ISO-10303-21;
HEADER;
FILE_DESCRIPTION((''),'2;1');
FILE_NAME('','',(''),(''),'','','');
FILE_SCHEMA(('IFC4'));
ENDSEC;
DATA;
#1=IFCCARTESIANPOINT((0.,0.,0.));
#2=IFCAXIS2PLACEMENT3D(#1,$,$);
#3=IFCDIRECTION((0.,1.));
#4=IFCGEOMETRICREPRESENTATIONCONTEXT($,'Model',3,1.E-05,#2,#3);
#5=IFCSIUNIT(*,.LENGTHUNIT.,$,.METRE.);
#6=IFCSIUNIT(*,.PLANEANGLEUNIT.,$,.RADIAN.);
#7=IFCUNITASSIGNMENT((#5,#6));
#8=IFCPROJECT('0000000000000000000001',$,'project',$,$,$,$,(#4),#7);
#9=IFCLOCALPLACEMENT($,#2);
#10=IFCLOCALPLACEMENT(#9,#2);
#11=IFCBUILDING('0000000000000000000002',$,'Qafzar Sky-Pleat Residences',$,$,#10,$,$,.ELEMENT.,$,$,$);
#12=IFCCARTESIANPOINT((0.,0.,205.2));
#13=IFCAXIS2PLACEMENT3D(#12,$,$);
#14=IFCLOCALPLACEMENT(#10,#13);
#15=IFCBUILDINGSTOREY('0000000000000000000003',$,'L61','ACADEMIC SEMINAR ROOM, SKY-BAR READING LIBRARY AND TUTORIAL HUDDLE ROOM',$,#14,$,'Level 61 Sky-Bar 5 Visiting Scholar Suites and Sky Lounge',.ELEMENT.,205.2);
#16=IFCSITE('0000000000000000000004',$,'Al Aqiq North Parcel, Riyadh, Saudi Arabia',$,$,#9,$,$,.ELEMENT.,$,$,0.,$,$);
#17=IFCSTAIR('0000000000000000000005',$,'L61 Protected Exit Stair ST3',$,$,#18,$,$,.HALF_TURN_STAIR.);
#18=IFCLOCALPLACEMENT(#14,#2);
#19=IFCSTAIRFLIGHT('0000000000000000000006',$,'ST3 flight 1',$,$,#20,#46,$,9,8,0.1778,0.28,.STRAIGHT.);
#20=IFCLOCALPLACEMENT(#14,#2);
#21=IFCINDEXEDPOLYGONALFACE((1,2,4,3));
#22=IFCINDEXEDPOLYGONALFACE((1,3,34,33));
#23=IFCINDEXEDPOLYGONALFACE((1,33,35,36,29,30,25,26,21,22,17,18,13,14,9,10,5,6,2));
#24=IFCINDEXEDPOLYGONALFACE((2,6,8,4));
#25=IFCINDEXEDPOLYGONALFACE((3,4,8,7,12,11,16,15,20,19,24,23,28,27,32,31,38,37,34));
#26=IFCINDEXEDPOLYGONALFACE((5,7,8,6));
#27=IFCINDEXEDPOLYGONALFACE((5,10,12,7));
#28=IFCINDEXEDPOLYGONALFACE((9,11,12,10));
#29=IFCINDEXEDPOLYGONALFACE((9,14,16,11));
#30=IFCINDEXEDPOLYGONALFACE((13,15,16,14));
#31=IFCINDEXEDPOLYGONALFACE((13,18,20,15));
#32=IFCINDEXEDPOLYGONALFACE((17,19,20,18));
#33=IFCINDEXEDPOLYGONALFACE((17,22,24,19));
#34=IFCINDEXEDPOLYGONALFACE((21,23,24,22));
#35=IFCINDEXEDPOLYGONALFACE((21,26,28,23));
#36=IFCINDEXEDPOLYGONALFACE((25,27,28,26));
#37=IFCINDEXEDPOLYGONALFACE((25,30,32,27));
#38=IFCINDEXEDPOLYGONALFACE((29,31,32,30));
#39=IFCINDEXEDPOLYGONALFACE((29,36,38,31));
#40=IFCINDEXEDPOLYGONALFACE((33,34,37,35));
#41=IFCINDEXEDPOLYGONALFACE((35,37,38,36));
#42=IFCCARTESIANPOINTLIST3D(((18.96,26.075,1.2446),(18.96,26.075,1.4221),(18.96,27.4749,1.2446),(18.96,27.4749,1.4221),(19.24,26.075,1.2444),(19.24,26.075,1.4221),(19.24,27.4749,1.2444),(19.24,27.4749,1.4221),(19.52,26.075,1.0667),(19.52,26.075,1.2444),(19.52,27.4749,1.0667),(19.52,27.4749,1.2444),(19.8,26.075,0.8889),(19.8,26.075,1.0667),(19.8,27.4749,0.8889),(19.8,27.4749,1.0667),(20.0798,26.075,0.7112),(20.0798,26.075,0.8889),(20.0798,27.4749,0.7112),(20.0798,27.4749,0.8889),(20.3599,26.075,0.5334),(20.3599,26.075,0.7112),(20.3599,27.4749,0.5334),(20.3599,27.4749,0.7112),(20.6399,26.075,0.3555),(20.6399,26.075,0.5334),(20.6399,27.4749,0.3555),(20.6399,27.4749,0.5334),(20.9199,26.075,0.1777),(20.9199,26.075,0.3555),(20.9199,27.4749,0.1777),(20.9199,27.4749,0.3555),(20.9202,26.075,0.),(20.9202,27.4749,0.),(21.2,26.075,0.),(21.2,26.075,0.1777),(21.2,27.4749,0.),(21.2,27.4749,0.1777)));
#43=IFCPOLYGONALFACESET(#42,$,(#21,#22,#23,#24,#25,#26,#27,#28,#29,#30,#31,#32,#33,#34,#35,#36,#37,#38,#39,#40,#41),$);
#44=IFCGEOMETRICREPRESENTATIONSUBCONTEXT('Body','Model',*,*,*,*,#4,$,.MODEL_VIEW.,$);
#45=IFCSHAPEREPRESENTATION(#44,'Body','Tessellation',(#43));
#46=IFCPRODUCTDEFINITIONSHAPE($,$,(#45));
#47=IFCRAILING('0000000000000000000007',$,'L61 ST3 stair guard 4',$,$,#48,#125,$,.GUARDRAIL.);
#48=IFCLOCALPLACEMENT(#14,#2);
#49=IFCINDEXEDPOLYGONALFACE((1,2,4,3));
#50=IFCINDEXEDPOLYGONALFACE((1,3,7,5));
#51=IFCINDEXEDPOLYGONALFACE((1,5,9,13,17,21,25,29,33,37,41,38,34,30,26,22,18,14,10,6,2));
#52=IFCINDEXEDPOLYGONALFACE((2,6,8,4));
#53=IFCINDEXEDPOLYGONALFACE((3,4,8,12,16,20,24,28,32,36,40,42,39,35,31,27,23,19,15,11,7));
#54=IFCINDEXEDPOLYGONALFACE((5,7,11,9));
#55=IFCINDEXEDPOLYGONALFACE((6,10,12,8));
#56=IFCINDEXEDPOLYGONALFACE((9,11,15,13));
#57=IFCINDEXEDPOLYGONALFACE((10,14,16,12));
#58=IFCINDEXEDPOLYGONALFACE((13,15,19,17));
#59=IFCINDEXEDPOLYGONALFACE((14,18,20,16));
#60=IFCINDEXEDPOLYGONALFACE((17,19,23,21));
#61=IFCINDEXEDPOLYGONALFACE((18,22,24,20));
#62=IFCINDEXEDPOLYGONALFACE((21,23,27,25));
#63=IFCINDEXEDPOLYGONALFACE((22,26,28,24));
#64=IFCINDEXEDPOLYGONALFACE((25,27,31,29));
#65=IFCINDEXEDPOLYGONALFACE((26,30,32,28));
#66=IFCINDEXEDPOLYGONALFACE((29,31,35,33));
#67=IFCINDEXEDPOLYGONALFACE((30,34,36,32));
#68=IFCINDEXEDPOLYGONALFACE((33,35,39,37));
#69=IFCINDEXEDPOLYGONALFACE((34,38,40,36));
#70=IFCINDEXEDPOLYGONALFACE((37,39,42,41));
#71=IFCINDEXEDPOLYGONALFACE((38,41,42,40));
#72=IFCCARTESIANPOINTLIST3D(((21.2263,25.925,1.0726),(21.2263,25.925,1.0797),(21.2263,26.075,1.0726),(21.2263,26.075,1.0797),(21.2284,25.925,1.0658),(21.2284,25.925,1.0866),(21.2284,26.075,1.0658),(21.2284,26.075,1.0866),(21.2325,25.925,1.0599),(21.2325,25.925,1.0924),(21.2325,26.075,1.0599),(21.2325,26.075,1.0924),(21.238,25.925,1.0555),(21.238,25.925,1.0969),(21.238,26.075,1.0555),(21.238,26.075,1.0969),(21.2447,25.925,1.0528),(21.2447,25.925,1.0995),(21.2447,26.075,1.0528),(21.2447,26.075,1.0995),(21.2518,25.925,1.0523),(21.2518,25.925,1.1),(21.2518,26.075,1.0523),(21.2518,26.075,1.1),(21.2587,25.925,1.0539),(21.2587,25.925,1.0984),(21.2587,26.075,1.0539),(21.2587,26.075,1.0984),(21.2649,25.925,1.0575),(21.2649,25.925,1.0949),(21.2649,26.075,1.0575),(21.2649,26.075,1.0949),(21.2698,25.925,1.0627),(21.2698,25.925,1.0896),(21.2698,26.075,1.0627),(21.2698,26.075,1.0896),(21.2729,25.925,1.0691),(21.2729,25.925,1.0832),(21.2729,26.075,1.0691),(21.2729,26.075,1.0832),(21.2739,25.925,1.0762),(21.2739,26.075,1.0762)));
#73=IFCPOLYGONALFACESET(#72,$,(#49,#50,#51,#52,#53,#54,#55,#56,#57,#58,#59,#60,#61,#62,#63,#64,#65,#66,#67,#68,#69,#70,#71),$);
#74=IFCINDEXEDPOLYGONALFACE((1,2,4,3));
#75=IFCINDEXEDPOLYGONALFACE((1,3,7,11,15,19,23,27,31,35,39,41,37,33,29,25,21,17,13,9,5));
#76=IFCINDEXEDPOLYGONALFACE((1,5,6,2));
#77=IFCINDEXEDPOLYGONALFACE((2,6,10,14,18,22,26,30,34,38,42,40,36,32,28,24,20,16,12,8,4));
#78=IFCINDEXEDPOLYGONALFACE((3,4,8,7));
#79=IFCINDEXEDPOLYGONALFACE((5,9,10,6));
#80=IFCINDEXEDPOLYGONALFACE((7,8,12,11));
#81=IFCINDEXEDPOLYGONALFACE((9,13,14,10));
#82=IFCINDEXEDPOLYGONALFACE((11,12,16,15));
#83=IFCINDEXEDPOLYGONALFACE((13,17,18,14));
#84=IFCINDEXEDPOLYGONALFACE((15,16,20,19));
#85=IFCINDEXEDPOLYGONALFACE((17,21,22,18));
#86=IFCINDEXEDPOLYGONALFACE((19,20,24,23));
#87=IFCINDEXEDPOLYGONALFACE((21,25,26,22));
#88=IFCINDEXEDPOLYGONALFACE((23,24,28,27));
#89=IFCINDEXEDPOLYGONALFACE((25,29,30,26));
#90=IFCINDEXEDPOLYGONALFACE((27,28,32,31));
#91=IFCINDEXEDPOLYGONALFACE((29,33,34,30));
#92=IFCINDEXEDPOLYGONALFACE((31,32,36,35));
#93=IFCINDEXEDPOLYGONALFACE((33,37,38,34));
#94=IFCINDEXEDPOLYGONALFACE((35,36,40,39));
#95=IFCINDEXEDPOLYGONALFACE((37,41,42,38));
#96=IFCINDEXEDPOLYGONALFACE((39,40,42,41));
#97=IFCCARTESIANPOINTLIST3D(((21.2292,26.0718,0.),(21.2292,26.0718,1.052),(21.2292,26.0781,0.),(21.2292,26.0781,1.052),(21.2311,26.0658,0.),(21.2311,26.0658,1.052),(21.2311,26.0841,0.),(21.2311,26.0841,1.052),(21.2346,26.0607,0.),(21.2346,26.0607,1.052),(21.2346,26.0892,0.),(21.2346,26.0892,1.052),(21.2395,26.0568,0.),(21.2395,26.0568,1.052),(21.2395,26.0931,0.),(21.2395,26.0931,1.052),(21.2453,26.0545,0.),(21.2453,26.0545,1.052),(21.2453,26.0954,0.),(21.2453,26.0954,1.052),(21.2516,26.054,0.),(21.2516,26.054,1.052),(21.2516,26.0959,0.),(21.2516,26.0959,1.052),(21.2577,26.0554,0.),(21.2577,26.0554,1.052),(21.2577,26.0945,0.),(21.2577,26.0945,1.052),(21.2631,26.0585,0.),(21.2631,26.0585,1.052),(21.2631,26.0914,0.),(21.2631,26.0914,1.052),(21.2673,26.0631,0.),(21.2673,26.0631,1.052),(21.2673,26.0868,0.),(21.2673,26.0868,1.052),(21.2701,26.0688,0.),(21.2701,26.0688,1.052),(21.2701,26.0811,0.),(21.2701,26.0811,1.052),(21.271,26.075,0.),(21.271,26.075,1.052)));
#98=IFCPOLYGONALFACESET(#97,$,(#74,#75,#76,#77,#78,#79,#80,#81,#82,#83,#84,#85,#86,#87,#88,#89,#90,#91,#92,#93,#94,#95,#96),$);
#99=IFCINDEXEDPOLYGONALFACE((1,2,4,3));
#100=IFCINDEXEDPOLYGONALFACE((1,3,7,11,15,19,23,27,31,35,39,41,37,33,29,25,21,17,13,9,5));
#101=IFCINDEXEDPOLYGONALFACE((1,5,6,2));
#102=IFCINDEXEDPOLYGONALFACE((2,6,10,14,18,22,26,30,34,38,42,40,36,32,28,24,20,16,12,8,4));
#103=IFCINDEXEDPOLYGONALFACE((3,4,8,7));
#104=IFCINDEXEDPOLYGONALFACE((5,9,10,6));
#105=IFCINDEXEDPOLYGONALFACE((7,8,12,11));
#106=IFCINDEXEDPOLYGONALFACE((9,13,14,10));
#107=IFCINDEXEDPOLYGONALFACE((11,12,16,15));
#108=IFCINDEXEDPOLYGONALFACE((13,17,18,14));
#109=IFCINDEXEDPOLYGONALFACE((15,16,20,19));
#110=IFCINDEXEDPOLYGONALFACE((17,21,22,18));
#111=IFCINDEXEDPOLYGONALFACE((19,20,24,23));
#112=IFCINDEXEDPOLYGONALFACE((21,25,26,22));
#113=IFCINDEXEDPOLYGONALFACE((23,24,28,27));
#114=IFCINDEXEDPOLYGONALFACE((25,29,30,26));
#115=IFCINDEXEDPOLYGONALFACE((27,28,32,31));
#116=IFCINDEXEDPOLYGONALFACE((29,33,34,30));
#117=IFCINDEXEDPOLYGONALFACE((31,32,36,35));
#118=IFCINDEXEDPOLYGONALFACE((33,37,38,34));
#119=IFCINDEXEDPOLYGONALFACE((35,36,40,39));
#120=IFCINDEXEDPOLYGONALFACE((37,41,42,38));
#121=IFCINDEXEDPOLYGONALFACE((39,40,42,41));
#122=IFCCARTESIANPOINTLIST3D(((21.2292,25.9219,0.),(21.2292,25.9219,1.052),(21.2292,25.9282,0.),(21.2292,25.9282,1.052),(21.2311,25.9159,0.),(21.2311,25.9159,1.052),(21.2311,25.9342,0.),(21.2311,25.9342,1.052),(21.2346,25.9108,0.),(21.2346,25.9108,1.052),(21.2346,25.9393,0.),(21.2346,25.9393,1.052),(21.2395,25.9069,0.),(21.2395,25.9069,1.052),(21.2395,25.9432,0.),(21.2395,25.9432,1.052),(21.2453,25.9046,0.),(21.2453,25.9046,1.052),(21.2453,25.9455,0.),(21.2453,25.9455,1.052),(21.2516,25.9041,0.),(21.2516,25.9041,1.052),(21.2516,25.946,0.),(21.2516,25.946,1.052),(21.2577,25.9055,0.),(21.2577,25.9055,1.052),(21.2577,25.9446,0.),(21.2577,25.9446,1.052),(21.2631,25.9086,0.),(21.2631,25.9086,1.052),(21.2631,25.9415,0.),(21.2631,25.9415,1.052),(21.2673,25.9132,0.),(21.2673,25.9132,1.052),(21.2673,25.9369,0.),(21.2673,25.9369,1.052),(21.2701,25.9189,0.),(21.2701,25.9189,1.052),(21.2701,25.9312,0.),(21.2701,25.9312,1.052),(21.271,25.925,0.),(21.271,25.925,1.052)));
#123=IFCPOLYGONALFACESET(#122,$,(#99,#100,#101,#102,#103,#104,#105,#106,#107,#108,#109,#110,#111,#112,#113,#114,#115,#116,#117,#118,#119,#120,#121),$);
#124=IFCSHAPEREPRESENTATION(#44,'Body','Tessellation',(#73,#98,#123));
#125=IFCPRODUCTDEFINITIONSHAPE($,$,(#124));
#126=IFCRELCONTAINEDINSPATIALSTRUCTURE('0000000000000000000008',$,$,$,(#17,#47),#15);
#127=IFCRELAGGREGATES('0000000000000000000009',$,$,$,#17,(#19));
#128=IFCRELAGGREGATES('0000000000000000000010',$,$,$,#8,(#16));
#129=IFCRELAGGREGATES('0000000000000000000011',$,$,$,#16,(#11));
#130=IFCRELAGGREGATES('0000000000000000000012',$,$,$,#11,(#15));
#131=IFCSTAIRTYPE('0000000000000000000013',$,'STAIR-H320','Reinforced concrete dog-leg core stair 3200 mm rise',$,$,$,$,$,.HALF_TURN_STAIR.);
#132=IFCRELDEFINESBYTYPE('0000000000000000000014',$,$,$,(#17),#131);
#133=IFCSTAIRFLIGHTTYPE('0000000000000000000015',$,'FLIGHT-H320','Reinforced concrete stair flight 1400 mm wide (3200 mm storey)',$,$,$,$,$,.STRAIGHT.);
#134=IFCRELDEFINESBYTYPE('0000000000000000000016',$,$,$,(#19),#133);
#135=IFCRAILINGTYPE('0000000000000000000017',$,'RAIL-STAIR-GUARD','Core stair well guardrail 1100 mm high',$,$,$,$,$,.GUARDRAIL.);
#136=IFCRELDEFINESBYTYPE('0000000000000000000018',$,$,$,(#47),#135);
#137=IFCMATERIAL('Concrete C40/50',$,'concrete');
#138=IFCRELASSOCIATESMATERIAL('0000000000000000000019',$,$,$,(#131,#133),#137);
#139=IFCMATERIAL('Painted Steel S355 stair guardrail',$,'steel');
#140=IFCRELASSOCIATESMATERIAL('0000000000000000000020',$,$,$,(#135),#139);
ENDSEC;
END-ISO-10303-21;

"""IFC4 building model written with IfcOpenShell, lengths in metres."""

from ifc_helpers import new_model, si_unit, direction, frame, origin, origin_2d, place, context, subcontext, project, spatial, polyline, circle, outline, extrude, source, transform, mapped, material, type_object, element, aggregate, save


model = new_model("IFC4")

# Units and contexts
model_context = context("Model", 3, precision=1e-05, world=origin(), true_north=direction((0.0, 1.0)))
body_context = subcontext(model_context, "Body", "Model", "MODEL_VIEW")
ifc_project = project(units=[si_unit("LENGTHUNIT", "METRE"), si_unit("PLANEANGLEUNIT", "RADIAN")], contexts=[model_context])

# Site, building, storey
site_placement = place(None, origin())
site = spatial("IfcSite", under=ifc_project, at=site_placement, Name="Al Aqiq North Parcel, Riyadh, Saudi Arabia", CompositionType="ELEMENT", RefElevation=0.0)
building_placement = place(site_placement, origin())
building = spatial("IfcBuilding", under=site, at=building_placement, Name="Qafzar Sky-Pleat Residences", CompositionType="ELEMENT")
storey_placement = place(building_placement, frame((0.0, 0.0, 205.2)))
storey = spatial("IfcBuildingStorey", under=building, at=storey_placement, Name="L61", Description="ACADEMIC SEMINAR ROOM, SKY-BAR READING LIBRARY AND TUTORIAL HUDDLE ROOM", LongName="Level 61 Sky-Bar 5 Visiting Scholar Suites and Sky Lounge", CompositionType="ELEMENT", Elevation=205.2)

# Stair, stair flight
ifc_material_1 = material(Name="Concrete C40/50", Category="concrete")
stair_type = type_object("IfcStairType", Name="STAIR-H320", Description="Reinforced concrete dog-leg core stair 3200 mm rise", PredefinedType="HALF_TURN_STAIR", material=ifc_material_1)
stair_placement = place(storey_placement, origin())
stair = element("IfcStair", 1, at=stair_placement, inside=storey, type_object=stair_type, Name="L61 Protected Exit Stair ST3", PredefinedType="HALF_TURN_STAIR")
stair_flight_type = type_object("IfcStairFlightType", Name="FLIGHT-H320", Description="Reinforced concrete stair flight 1400 mm wide (3200 mm storey)", PredefinedType="STRAIGHT", material=ifc_material_1)
shared_shape_1 = source(origin(), body_context, "Body", "SweptSolid", [
    extrude(outline(polyline([(0.0, 0.0), (0.0, 0.1777), (0.28, 0.1777), (0.28, 0.3555), (0.5601, 0.3555), (0.5601, 0.5334), (0.8401, 0.5334), (0.8401, 0.7112), (1.1201, 0.7112), (1.1201, 0.8889), (1.3999, 0.8889), (1.3999, 1.0667), (1.6799, 1.0667), (1.6799, 1.2444), (1.96, 1.2444), (1.96, 1.4221), (2.24, 1.4221), (2.24, 1.6001), (2.24, 1.2446), (0.2798, 0.0), (0.0, 0.0)])), frame((0.0, 0.7, 0.0), z_axis=(0.0, -1.0, 0.0), x_axis=(1.0, 0.0, 0.0)), (0.0, 0.0, 1.0), 1.3999),
])
stair_flight_placement = place(storey_placement, frame((21.2, 26.7749, 0.0), z_axis=(0.0, 0.0, 1.0), x_axis=(-1.0, 0.0, 0.0)))
stair_flight = element("IfcStairFlight", 2, at=stair_flight_placement, type_object=stair_flight_type, Name="ST3 flight 1", NumberOfRisers=9, NumberOfTreads=8, PredefinedType="STRAIGHT", RiserHeight=0.1778, TreadLength=0.28, context=body_context, shape_type="MappedRepresentation", body=[
    mapped(shared_shape_1, transform((0.0, 0.0, 0.0), x_axis=(1.0, 0.0, 0.0), y_axis=(0.0, 1.0, 0.0), z_axis=(0.0, 0.0, 1.0), scale=1.0)),
])
aggregate(stair, [stair_flight])

# Railing
ifc_material_2 = material(Name="Painted Steel S355 stair guardrail", Category="steel")
railing_type = type_object("IfcRailingType", Name="RAIL-STAIR-GUARD", Description="Core stair well guardrail 1100 mm high", PredefinedType="GUARDRAIL", material=ifc_material_2)
shared_shape_2 = source(origin(), body_context, "Body", "SweptSolid", [
    extrude(circle(Radius=0.0239, at=origin_2d()), frame((0.0, 0.0, 1.0762), z_axis=(0.0, -1.0, 0.0), x_axis=(1.0, 0.0, 0.0)), (0.0, 0.0, 1.0), 0.1499),
    extrude(circle(Radius=0.021, at=origin_2d()), origin(), (0.0, 0.0, 1.0), 1.052),
    extrude(circle(Radius=0.021, at=origin_2d()), frame((0.0, -0.1499, 0.0)), (0.0, 0.0, 1.0), 1.052),
])
railing_1_placement = place(storey_placement, frame((21.25, 26.075, 0.0)))
element("IfcRailing", 3, at=railing_1_placement, inside=storey, type_object=railing_type, Name="L61 ST3 stair guard 4", PredefinedType="GUARDRAIL", context=body_context, shape_type="MappedRepresentation", body=[
    mapped(shared_shape_2, transform((0.0, 0.0, 0.0), x_axis=(1.0, 0.0, 0.0), y_axis=(0.0, 1.0, 0.0), z_axis=(0.0, 0.0, 1.0), scale=1.0)),
])

save(model, "model.ifc")
